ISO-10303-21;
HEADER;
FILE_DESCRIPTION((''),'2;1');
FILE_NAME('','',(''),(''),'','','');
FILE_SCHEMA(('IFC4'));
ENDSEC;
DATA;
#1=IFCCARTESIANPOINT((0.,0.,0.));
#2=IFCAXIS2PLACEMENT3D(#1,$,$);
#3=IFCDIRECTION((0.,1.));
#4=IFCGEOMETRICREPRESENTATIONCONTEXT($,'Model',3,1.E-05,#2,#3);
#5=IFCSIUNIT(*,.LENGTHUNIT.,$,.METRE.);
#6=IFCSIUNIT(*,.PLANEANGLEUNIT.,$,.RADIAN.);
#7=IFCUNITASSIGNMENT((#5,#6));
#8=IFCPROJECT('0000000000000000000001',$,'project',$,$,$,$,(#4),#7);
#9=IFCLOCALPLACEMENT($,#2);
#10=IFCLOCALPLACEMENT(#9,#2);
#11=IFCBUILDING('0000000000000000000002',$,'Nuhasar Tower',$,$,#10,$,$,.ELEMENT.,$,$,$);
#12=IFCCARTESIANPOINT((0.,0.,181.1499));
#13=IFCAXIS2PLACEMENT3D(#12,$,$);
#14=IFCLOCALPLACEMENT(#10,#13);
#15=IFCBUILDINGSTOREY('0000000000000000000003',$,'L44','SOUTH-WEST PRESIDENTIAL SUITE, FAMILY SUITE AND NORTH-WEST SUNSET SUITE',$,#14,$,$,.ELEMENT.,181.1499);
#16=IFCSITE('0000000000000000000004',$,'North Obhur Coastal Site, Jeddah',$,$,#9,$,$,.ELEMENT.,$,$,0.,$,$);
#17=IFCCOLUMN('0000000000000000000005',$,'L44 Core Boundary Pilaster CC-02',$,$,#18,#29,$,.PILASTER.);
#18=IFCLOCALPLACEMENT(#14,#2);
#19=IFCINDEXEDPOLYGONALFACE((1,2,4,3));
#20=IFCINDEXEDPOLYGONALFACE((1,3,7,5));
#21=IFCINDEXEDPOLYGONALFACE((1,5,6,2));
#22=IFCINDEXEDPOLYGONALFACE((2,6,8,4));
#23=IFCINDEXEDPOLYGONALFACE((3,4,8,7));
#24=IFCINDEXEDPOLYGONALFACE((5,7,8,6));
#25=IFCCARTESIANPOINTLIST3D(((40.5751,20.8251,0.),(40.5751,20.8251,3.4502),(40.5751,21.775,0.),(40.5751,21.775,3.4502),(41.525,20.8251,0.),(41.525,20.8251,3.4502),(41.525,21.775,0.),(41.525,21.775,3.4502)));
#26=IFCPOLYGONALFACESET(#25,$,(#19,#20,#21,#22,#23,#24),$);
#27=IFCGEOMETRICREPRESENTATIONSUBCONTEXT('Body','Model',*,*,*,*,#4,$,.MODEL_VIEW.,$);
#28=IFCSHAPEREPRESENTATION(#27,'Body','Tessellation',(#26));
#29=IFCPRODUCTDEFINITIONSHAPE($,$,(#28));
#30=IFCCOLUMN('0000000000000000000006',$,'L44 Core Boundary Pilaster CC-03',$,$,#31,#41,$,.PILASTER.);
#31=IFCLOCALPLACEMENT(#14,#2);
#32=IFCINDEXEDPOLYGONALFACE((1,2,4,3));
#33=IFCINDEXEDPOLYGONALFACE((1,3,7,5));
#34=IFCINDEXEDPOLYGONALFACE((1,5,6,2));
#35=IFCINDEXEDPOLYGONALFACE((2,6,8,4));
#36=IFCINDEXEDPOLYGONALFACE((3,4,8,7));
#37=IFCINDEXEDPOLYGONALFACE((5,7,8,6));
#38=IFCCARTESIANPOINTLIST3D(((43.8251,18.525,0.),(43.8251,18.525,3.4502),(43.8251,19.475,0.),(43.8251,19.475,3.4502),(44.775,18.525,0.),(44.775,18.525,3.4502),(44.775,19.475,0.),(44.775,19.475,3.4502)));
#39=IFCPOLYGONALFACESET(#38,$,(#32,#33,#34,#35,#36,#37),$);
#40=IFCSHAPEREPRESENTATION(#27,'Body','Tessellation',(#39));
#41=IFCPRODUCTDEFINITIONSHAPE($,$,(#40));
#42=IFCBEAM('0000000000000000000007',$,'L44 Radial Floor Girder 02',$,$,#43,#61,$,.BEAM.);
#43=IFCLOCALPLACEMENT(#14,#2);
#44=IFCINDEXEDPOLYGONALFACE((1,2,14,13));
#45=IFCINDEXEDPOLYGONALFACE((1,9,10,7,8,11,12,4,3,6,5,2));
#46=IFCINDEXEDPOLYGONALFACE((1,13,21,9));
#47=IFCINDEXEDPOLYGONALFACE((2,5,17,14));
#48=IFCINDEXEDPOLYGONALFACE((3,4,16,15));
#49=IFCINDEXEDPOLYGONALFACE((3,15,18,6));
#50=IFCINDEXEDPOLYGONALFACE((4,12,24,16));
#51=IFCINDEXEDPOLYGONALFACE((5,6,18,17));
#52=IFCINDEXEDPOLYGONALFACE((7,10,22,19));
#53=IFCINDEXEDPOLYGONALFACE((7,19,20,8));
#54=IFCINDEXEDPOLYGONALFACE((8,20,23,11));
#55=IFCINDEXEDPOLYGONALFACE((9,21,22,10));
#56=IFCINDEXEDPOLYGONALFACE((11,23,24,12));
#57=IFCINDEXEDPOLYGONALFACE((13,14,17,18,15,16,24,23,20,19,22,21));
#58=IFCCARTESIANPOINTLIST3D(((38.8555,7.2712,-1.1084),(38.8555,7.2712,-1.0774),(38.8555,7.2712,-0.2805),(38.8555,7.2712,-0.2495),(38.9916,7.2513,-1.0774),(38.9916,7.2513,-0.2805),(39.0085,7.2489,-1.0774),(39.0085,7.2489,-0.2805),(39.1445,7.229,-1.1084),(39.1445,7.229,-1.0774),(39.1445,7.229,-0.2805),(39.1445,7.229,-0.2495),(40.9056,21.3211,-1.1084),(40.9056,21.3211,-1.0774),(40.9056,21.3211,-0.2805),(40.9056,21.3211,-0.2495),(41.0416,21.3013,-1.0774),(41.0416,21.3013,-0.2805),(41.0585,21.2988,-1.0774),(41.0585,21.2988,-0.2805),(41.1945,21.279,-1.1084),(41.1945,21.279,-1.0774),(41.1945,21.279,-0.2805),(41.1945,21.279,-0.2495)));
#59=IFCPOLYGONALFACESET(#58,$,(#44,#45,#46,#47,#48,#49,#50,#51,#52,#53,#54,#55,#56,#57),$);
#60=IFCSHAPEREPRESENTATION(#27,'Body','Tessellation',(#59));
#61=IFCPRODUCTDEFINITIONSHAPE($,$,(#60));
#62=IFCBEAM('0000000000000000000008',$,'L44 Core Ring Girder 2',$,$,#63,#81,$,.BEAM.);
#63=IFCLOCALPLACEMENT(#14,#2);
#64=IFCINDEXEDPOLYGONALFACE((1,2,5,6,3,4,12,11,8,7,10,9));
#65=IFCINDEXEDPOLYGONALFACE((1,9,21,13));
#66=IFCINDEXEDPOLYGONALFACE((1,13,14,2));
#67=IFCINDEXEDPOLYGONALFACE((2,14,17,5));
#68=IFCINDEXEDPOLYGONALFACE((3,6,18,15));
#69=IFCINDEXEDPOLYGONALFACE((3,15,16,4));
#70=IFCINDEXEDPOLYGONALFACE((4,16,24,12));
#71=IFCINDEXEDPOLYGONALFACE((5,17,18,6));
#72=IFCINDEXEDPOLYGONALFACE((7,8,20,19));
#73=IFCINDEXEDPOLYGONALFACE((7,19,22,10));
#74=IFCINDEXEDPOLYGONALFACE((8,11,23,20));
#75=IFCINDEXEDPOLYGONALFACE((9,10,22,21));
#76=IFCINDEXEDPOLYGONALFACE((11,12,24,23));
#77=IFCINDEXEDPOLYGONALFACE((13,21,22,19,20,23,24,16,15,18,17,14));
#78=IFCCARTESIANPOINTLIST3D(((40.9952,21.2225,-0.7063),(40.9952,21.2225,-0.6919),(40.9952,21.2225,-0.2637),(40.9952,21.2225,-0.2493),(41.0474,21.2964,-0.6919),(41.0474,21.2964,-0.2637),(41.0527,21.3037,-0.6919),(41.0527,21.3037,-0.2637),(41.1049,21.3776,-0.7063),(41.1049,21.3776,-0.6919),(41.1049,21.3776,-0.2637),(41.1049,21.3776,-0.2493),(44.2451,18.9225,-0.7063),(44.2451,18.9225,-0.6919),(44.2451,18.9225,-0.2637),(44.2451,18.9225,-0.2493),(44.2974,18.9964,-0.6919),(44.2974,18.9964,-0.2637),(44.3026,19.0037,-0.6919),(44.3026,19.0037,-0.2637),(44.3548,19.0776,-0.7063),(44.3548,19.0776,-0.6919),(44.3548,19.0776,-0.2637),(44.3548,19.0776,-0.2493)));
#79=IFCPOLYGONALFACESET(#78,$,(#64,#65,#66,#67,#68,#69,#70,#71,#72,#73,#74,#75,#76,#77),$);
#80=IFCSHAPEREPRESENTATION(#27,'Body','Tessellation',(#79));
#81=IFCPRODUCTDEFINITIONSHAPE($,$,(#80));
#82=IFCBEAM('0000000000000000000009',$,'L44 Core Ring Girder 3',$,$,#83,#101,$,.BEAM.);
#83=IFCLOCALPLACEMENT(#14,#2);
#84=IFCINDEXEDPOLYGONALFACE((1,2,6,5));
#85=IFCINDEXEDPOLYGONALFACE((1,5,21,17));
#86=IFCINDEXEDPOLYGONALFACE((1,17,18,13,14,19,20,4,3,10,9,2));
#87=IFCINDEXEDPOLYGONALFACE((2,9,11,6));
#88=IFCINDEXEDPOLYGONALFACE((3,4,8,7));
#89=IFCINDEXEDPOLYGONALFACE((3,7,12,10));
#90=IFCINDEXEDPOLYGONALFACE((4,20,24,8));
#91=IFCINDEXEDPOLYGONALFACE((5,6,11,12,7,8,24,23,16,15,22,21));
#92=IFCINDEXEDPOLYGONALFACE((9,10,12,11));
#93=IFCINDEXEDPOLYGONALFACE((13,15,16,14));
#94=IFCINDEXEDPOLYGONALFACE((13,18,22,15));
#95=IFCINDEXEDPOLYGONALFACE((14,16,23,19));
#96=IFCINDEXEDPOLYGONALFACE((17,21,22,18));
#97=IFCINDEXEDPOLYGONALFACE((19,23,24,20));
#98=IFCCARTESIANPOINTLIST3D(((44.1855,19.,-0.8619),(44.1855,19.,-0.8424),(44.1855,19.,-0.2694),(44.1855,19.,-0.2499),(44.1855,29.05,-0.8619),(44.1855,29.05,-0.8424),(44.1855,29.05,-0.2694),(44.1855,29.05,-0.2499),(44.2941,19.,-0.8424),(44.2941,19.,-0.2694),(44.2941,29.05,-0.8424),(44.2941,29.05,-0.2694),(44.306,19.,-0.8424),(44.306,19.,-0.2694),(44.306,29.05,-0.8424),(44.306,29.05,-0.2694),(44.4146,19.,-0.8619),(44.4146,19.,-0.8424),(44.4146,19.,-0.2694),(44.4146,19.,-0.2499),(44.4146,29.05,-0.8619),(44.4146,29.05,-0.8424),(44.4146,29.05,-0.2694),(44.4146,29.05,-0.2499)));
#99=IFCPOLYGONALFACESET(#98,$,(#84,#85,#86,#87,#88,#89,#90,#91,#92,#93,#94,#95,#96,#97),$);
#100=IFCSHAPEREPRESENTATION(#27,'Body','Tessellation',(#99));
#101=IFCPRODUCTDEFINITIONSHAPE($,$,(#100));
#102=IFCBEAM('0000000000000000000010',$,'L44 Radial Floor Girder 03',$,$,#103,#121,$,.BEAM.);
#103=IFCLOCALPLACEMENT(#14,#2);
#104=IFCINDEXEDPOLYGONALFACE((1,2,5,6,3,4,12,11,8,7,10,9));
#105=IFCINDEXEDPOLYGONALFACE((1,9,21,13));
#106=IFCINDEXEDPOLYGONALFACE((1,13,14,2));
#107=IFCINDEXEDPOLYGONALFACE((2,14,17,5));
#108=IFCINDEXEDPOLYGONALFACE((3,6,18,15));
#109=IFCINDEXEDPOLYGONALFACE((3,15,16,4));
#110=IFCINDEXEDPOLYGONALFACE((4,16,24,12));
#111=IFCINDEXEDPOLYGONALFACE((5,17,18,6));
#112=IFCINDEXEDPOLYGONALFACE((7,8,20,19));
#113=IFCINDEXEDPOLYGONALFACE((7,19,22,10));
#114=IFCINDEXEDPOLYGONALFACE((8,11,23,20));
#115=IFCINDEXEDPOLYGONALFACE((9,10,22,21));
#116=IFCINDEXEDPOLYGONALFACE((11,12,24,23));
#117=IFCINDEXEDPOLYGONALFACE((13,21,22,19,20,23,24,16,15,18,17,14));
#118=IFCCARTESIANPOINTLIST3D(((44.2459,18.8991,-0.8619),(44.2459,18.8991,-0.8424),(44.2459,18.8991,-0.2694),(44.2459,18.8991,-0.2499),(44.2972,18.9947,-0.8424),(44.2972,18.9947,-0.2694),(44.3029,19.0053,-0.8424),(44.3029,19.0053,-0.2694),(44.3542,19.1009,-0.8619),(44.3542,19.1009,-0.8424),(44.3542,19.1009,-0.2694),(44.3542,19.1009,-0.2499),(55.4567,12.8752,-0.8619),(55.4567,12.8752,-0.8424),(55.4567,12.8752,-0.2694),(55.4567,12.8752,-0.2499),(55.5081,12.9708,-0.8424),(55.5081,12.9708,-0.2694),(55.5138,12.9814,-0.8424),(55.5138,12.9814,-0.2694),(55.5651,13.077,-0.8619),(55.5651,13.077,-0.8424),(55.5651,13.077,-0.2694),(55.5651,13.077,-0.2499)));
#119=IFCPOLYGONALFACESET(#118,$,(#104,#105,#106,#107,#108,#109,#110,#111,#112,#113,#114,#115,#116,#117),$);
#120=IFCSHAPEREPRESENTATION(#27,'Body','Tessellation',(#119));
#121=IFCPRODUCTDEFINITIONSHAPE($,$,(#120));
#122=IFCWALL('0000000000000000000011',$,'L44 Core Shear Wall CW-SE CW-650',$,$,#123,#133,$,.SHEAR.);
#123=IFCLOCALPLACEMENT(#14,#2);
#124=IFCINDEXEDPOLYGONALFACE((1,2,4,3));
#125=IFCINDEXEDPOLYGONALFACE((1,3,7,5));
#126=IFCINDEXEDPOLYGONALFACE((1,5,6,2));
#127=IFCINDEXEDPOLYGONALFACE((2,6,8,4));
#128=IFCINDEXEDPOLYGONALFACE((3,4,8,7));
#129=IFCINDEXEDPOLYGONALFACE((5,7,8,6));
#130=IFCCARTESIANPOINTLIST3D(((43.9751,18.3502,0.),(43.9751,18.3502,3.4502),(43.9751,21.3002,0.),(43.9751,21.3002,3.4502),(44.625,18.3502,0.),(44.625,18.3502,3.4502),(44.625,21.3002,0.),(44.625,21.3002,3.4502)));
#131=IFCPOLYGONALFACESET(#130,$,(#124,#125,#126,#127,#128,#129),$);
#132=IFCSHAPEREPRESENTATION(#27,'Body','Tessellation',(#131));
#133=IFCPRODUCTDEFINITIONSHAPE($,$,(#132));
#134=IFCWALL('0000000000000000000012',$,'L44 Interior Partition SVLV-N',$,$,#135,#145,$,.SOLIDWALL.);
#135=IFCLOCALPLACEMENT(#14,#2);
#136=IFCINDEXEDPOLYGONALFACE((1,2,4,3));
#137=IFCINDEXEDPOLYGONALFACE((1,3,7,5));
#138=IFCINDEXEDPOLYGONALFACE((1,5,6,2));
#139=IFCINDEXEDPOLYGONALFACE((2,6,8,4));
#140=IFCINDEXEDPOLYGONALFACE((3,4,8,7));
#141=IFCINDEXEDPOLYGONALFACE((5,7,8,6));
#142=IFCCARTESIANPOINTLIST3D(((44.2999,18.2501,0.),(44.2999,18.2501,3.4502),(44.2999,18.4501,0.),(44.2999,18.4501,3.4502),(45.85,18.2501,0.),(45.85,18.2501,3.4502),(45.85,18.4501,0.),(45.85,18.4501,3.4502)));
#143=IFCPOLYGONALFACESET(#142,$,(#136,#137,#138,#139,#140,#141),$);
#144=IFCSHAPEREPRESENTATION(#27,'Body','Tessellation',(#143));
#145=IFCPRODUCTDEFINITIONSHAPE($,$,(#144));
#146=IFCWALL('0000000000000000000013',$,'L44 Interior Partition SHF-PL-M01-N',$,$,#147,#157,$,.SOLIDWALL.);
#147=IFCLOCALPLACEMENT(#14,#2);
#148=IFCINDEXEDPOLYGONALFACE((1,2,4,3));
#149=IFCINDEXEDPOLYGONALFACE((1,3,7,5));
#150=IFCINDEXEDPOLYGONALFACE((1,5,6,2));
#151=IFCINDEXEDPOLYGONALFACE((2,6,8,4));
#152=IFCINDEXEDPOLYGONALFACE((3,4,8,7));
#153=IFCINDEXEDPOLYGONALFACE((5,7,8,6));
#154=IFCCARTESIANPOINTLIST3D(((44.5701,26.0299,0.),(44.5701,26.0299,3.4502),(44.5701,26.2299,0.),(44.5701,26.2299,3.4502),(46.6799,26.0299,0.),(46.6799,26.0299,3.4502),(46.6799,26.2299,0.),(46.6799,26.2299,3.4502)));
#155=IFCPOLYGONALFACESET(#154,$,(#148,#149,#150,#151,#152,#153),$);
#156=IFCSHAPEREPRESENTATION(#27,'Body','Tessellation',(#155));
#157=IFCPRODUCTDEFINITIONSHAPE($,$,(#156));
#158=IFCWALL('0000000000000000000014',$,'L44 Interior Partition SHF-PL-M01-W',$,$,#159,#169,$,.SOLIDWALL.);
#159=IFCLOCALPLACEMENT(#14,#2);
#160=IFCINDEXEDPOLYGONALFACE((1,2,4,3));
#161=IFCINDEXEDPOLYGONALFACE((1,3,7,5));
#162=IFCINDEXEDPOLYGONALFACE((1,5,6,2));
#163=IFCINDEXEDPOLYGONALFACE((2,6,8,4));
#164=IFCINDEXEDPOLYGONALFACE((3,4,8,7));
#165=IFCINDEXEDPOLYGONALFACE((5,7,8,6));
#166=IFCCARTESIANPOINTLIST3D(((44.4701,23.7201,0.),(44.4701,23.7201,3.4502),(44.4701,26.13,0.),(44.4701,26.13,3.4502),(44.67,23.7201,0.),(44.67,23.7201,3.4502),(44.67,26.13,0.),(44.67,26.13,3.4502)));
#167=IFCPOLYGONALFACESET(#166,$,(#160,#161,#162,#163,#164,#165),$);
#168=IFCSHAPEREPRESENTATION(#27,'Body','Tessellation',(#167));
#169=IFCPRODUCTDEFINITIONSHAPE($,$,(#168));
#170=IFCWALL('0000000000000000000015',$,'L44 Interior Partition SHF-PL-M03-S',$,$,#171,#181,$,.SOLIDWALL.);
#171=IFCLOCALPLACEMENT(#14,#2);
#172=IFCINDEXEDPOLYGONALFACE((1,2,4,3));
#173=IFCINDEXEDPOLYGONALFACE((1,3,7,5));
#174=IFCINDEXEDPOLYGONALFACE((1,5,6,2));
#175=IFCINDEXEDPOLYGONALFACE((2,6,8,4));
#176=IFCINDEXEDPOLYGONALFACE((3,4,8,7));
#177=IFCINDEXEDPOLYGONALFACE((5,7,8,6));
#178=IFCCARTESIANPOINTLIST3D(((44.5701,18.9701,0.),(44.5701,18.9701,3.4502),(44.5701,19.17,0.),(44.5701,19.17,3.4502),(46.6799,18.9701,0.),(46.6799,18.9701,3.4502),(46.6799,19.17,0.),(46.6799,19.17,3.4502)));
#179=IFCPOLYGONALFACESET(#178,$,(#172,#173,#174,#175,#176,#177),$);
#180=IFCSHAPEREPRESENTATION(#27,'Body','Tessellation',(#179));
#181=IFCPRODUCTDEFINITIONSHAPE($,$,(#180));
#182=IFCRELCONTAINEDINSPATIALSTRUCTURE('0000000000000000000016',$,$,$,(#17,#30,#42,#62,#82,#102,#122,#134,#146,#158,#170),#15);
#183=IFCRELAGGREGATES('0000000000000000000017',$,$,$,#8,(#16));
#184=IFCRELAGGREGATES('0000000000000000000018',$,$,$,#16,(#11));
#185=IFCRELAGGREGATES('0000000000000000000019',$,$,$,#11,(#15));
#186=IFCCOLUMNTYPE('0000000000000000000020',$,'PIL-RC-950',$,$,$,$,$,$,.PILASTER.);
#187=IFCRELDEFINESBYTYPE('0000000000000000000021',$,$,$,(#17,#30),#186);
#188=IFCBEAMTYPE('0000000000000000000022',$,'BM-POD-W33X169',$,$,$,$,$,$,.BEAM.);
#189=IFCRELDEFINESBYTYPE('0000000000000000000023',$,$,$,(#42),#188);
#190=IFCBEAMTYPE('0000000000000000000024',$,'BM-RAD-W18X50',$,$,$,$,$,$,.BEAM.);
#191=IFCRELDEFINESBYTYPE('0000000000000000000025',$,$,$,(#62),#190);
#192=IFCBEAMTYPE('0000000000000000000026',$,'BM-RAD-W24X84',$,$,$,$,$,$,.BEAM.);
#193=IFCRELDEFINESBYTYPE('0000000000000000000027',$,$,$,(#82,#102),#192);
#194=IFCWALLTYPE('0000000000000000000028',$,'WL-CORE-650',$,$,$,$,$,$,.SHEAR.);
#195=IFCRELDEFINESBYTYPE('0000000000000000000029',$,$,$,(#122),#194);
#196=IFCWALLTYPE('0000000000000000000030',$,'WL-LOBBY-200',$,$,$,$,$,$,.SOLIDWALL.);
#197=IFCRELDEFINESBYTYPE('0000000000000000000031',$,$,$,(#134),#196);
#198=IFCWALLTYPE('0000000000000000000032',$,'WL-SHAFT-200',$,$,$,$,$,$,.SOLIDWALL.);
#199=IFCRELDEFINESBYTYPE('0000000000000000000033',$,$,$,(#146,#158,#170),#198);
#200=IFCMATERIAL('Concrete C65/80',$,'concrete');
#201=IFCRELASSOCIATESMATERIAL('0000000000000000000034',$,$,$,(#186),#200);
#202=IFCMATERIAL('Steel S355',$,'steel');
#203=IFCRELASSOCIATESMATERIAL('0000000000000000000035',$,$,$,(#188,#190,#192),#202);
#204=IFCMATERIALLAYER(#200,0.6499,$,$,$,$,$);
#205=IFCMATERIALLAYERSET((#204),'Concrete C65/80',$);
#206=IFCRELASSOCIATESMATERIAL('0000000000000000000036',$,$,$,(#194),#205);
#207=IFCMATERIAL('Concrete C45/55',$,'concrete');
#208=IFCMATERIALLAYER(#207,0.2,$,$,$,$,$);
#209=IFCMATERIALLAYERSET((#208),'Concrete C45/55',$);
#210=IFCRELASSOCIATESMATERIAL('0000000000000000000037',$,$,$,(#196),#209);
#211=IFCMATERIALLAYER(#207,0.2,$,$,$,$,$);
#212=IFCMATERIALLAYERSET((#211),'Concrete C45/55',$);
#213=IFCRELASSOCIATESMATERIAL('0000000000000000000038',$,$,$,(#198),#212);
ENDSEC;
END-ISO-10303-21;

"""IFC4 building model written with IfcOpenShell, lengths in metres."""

from ifc_helpers import new_model, si_unit, direction, frame, frame_2d, origin, origin_2d, place, context, subcontext, project, spatial, rectangle, i_section, extrude, material, layer, layer_set, material_profile, profile_set, type_object, element, save


model = new_model("IFC4")

# Units and contexts
model_context = context("Model", 3, precision=1e-05, world=origin(), true_north=direction((0.0, 1.0)))
body_context = subcontext(model_context, "Body", "Model", "MODEL_VIEW")
ifc_project = project(units=[si_unit("LENGTHUNIT", "METRE"), si_unit("PLANEANGLEUNIT", "RADIAN")], contexts=[model_context])

# Site, building, storey
site_placement = place(None, origin())
site = spatial("IfcSite", under=ifc_project, at=site_placement, Name="North Obhur Coastal Site, Jeddah", CompositionType="ELEMENT", RefElevation=0.0)
building_placement = place(site_placement, origin())
building = spatial("IfcBuilding", under=site, at=building_placement, Name="Nuhasar Tower", CompositionType="ELEMENT")
storey_placement = place(building_placement, frame((0.0, 0.0, 181.1499)))
storey = spatial("IfcBuildingStorey", under=building, at=storey_placement, Name="L44", Description="SOUTH-WEST PRESIDENTIAL SUITE, FAMILY SUITE AND NORTH-WEST SUNSET SUITE", CompositionType="ELEMENT", Elevation=181.1499)

# Columns
ifc_material_1 = material(Name="Concrete C65/80", Category="concrete")
ifc_material_profile_1 = material_profile(ifc_material_1, rectangle(XDim=0.95, YDim=0.95, at=origin_2d()), Name="RC950X950")
ifc_profile_set_1 = profile_set([ifc_material_profile_1], Name="Concrete C65/80")
column_type = type_object("IfcColumnType", Name="PIL-RC-950", PredefinedType="PILASTER", material=ifc_profile_set_1)
for number, where, z_axis, x_axis, name in (
    (1, (41.05, 21.3, 0.0), (0.0, 0.0, 1.0), (1.0, 0.0, 0.0), "L44 Core Boundary Pilaster CC-02"),
    (2, (44.3, 19.0, 0.0), (0.0, 0.0, 1.0), (1.0, 0.0, 0.0), "L44 Core Boundary Pilaster CC-03"),
):
    element("IfcColumn", number, at=place(storey_placement, frame(where, z_axis=z_axis, x_axis=x_axis)), inside=storey, type_object=column_type, Name=name, PredefinedType="PILASTER", context=body_context, shape_type="SweptSolid", body=[
        extrude(rectangle(XDim=0.95, YDim=0.95, at=origin_2d()), origin(), (0.0, 0.0, 1.0), 3.4502),
    ])

# Beams
ifc_material_2 = material(Name="Steel S355", Category="steel")
ifc_material_profile_2 = material_profile(ifc_material_2, i_section(OverallWidth=0.292, OverallDepth=0.8589, WebThickness=0.0171, FlangeThickness=0.031, at=origin_2d()), Name="W33X169")
ifc_profile_set_2 = profile_set([ifc_material_profile_2], Name="Steel S355")
beam_type_1 = type_object("IfcBeamType", Name="BM-POD-W33X169", PredefinedType="BEAM", material=ifc_profile_set_2)
beam_1_placement = place(storey_placement, frame((41.05, 21.3, -0.679), z_axis=(-0.144382, -0.989522, 0.0), x_axis=(0.989522, -0.144382, 0.0)))
element("IfcBeam", 3, at=beam_1_placement, inside=storey, type_object=beam_type_1, Name="L44 Radial Floor Girder 02", PredefinedType="BEAM", context=body_context, shape_type="SweptSolid", body=[
    extrude(i_section(OverallWidth=0.292, OverallDepth=0.8589, WebThickness=0.0171, FlangeThickness=0.031, at=origin_2d()), origin(), (0.0, 0.0, 1.0), 14.1987),
])
ifc_material_profile_3 = material_profile(ifc_material_2, i_section(OverallWidth=0.1899, OverallDepth=0.457, WebThickness=0.009, FlangeThickness=0.0144, at=origin_2d()), Name="W18X50")
ifc_profile_set_3 = profile_set([ifc_material_profile_3], Name="Steel S355")
beam_type_2 = type_object("IfcBeamType", Name="BM-RAD-W18X50", PredefinedType="BEAM", material=ifc_profile_set_3)
beam_2_placement = place(storey_placement, frame((41.05, 21.3, -0.4778), z_axis=(0.816265, -0.577677, 0.0), x_axis=(0.577677, 0.816265, 0.0)))
element("IfcBeam", 4, at=beam_2_placement, inside=storey, type_object=beam_type_2, Name="L44 Core Ring Girder 2", PredefinedType="BEAM", context=body_context, shape_type="SweptSolid", body=[
    extrude(i_section(OverallWidth=0.1899, OverallDepth=0.457, WebThickness=0.009, FlangeThickness=0.0144, at=origin_2d()), origin(), (0.0, 0.0, 1.0), 3.9814),
])
ifc_material_profile_4 = material_profile(ifc_material_2, i_section(OverallWidth=0.229, OverallDepth=0.6121, WebThickness=0.012, FlangeThickness=0.0195, at=origin_2d()), Name="W24X84")
ifc_profile_set_4 = profile_set([ifc_material_profile_4], Name="Steel S355")
beam_type_3 = type_object("IfcBeamType", Name="BM-RAD-W24X84", PredefinedType="BEAM", material=ifc_profile_set_4)
beam_3_placement = place(storey_placement, frame((44.3, 19.0, -0.5559), z_axis=(0.0, 1.0, 0.0), x_axis=(-1.0, 0.0, 0.0)))
element("IfcBeam", 5, at=beam_3_placement, inside=storey, type_object=beam_type_3, Name="L44 Core Ring Girder 3", PredefinedType="BEAM", context=body_context, shape_type="SweptSolid", body=[
    extrude(i_section(OverallWidth=0.229, OverallDepth=0.6121, WebThickness=0.012, FlangeThickness=0.0195, at=origin_2d()), origin(), (0.0, 0.0, 1.0), 10.05),
])
beam_4_placement = place(storey_placement, frame((44.3, 19.0, -0.5559), z_axis=(0.880888, -0.473324, 0.0), x_axis=(0.473324, 0.880888, 0.0)))
element("IfcBeam", 6, at=beam_4_placement, inside=storey, type_object=beam_type_3, Name="L44 Radial Floor Girder 03", PredefinedType="BEAM", context=body_context, shape_type="SweptSolid", body=[
    extrude(i_section(OverallWidth=0.229, OverallDepth=0.6121, WebThickness=0.012, FlangeThickness=0.0195, at=origin_2d()), origin(), (0.0, 0.0, 1.0), 12.7268),
])

# Wall
ifc_layer_1 = layer(ifc_material_1, 0.6499)
ifc_layer_set_1 = layer_set([ifc_layer_1], Name="Concrete C65/80")
wall_type_1 = type_object("IfcWallType", Name="WL-CORE-650", PredefinedType="SHEAR", material=ifc_layer_set_1)
wall_1_placement = place(storey_placement, frame((44.3, 18.3501, 0.0), z_axis=(0.0, 0.0, 1.0), x_axis=(0.0, 1.0, 0.0)))
element("IfcWall", 7, at=wall_1_placement, inside=storey, type_object=wall_type_1, Name="L44 Core Shear Wall CW-SE CW-650", PredefinedType="SHEAR", context=body_context, shape_type="SweptSolid", body=[
    extrude(rectangle(XDim=2.95, YDim=0.6499, at=frame_2d((1.4751, 0.0))), origin(), (0.0, 0.0, 1.0), 3.4502),
])

# Shared definitions
ifc_material_3 = material(Name="Concrete C45/55", Category="concrete")
ifc_layer_2 = layer(ifc_material_3, 0.2)
ifc_layer_set_2 = layer_set([ifc_layer_2], Name="Concrete C45/55")
wall_type_2 = type_object("IfcWallType", Name="WL-LOBBY-200", PredefinedType="SOLIDWALL", material=ifc_layer_set_2)

# Wall
wall_2_placement = place(storey_placement, frame((44.3, 18.3501, 0.0), z_axis=(0.0, 0.0, 1.0), x_axis=(1.0, 0.0, 0.0)))
element("IfcWall", 8, at=wall_2_placement, inside=storey, type_object=wall_type_2, Name="L44 Interior Partition SVLV-N", PredefinedType="SOLIDWALL", context=body_context, shape_type="SweptSolid", body=[
    extrude(rectangle(XDim=1.55, YDim=0.2, at=frame_2d((0.7749, 0.0))), origin(), (0.0, 0.0, 1.0), 3.4502),
])

# Shared definitions
ifc_layer_3 = layer(ifc_material_3, 0.2)
ifc_layer_set_3 = layer_set([ifc_layer_3], Name="Concrete C45/55")
wall_type_3 = type_object("IfcWallType", Name="WL-SHAFT-200", PredefinedType="SOLIDWALL", material=ifc_layer_set_3)

# Walls
wall_3_placement = place(storey_placement, frame((44.5701, 26.1299, 0.0), z_axis=(0.0, 0.0, 1.0), x_axis=(1.0, 0.0, 0.0)))
element("IfcWall", 9, at=wall_3_placement, inside=storey, type_object=wall_type_3, Name="L44 Interior Partition SHF-PL-M01-N", PredefinedType="SOLIDWALL", context=body_context, shape_type="SweptSolid", body=[
    extrude(rectangle(XDim=2.1099, YDim=0.2, at=frame_2d((1.0549, 0.0))), origin(), (0.0, 0.0, 1.0), 3.4502),
])
wall_4_placement = place(storey_placement, frame((44.5701, 23.72, 0.0), z_axis=(0.0, 0.0, 1.0), x_axis=(0.0, 1.0, 0.0)))
element("IfcWall", 10, at=wall_4_placement, inside=storey, type_object=wall_type_3, Name="L44 Interior Partition SHF-PL-M01-W", PredefinedType="SOLIDWALL", context=body_context, shape_type="SweptSolid", body=[
    extrude(rectangle(XDim=2.4099, YDim=0.2, at=frame_2d((1.2051, 0.0))), origin(), (0.0, 0.0, 1.0), 3.4502),
])
wall_5_placement = place(storey_placement, frame((44.5701, 19.0701, 0.0), z_axis=(0.0, 0.0, 1.0), x_axis=(1.0, 0.0, 0.0)))
element("IfcWall", 11, at=wall_5_placement, inside=storey, type_object=wall_type_3, Name="L44 Interior Partition SHF-PL-M03-S", PredefinedType="SOLIDWALL", context=body_context, shape_type="SweptSolid", body=[
    extrude(rectangle(XDim=2.1099, YDim=0.2, at=frame_2d((1.0549, 0.0))), origin(), (0.0, 0.0, 1.0), 3.4502),
])

save(model, "model.ifc")
